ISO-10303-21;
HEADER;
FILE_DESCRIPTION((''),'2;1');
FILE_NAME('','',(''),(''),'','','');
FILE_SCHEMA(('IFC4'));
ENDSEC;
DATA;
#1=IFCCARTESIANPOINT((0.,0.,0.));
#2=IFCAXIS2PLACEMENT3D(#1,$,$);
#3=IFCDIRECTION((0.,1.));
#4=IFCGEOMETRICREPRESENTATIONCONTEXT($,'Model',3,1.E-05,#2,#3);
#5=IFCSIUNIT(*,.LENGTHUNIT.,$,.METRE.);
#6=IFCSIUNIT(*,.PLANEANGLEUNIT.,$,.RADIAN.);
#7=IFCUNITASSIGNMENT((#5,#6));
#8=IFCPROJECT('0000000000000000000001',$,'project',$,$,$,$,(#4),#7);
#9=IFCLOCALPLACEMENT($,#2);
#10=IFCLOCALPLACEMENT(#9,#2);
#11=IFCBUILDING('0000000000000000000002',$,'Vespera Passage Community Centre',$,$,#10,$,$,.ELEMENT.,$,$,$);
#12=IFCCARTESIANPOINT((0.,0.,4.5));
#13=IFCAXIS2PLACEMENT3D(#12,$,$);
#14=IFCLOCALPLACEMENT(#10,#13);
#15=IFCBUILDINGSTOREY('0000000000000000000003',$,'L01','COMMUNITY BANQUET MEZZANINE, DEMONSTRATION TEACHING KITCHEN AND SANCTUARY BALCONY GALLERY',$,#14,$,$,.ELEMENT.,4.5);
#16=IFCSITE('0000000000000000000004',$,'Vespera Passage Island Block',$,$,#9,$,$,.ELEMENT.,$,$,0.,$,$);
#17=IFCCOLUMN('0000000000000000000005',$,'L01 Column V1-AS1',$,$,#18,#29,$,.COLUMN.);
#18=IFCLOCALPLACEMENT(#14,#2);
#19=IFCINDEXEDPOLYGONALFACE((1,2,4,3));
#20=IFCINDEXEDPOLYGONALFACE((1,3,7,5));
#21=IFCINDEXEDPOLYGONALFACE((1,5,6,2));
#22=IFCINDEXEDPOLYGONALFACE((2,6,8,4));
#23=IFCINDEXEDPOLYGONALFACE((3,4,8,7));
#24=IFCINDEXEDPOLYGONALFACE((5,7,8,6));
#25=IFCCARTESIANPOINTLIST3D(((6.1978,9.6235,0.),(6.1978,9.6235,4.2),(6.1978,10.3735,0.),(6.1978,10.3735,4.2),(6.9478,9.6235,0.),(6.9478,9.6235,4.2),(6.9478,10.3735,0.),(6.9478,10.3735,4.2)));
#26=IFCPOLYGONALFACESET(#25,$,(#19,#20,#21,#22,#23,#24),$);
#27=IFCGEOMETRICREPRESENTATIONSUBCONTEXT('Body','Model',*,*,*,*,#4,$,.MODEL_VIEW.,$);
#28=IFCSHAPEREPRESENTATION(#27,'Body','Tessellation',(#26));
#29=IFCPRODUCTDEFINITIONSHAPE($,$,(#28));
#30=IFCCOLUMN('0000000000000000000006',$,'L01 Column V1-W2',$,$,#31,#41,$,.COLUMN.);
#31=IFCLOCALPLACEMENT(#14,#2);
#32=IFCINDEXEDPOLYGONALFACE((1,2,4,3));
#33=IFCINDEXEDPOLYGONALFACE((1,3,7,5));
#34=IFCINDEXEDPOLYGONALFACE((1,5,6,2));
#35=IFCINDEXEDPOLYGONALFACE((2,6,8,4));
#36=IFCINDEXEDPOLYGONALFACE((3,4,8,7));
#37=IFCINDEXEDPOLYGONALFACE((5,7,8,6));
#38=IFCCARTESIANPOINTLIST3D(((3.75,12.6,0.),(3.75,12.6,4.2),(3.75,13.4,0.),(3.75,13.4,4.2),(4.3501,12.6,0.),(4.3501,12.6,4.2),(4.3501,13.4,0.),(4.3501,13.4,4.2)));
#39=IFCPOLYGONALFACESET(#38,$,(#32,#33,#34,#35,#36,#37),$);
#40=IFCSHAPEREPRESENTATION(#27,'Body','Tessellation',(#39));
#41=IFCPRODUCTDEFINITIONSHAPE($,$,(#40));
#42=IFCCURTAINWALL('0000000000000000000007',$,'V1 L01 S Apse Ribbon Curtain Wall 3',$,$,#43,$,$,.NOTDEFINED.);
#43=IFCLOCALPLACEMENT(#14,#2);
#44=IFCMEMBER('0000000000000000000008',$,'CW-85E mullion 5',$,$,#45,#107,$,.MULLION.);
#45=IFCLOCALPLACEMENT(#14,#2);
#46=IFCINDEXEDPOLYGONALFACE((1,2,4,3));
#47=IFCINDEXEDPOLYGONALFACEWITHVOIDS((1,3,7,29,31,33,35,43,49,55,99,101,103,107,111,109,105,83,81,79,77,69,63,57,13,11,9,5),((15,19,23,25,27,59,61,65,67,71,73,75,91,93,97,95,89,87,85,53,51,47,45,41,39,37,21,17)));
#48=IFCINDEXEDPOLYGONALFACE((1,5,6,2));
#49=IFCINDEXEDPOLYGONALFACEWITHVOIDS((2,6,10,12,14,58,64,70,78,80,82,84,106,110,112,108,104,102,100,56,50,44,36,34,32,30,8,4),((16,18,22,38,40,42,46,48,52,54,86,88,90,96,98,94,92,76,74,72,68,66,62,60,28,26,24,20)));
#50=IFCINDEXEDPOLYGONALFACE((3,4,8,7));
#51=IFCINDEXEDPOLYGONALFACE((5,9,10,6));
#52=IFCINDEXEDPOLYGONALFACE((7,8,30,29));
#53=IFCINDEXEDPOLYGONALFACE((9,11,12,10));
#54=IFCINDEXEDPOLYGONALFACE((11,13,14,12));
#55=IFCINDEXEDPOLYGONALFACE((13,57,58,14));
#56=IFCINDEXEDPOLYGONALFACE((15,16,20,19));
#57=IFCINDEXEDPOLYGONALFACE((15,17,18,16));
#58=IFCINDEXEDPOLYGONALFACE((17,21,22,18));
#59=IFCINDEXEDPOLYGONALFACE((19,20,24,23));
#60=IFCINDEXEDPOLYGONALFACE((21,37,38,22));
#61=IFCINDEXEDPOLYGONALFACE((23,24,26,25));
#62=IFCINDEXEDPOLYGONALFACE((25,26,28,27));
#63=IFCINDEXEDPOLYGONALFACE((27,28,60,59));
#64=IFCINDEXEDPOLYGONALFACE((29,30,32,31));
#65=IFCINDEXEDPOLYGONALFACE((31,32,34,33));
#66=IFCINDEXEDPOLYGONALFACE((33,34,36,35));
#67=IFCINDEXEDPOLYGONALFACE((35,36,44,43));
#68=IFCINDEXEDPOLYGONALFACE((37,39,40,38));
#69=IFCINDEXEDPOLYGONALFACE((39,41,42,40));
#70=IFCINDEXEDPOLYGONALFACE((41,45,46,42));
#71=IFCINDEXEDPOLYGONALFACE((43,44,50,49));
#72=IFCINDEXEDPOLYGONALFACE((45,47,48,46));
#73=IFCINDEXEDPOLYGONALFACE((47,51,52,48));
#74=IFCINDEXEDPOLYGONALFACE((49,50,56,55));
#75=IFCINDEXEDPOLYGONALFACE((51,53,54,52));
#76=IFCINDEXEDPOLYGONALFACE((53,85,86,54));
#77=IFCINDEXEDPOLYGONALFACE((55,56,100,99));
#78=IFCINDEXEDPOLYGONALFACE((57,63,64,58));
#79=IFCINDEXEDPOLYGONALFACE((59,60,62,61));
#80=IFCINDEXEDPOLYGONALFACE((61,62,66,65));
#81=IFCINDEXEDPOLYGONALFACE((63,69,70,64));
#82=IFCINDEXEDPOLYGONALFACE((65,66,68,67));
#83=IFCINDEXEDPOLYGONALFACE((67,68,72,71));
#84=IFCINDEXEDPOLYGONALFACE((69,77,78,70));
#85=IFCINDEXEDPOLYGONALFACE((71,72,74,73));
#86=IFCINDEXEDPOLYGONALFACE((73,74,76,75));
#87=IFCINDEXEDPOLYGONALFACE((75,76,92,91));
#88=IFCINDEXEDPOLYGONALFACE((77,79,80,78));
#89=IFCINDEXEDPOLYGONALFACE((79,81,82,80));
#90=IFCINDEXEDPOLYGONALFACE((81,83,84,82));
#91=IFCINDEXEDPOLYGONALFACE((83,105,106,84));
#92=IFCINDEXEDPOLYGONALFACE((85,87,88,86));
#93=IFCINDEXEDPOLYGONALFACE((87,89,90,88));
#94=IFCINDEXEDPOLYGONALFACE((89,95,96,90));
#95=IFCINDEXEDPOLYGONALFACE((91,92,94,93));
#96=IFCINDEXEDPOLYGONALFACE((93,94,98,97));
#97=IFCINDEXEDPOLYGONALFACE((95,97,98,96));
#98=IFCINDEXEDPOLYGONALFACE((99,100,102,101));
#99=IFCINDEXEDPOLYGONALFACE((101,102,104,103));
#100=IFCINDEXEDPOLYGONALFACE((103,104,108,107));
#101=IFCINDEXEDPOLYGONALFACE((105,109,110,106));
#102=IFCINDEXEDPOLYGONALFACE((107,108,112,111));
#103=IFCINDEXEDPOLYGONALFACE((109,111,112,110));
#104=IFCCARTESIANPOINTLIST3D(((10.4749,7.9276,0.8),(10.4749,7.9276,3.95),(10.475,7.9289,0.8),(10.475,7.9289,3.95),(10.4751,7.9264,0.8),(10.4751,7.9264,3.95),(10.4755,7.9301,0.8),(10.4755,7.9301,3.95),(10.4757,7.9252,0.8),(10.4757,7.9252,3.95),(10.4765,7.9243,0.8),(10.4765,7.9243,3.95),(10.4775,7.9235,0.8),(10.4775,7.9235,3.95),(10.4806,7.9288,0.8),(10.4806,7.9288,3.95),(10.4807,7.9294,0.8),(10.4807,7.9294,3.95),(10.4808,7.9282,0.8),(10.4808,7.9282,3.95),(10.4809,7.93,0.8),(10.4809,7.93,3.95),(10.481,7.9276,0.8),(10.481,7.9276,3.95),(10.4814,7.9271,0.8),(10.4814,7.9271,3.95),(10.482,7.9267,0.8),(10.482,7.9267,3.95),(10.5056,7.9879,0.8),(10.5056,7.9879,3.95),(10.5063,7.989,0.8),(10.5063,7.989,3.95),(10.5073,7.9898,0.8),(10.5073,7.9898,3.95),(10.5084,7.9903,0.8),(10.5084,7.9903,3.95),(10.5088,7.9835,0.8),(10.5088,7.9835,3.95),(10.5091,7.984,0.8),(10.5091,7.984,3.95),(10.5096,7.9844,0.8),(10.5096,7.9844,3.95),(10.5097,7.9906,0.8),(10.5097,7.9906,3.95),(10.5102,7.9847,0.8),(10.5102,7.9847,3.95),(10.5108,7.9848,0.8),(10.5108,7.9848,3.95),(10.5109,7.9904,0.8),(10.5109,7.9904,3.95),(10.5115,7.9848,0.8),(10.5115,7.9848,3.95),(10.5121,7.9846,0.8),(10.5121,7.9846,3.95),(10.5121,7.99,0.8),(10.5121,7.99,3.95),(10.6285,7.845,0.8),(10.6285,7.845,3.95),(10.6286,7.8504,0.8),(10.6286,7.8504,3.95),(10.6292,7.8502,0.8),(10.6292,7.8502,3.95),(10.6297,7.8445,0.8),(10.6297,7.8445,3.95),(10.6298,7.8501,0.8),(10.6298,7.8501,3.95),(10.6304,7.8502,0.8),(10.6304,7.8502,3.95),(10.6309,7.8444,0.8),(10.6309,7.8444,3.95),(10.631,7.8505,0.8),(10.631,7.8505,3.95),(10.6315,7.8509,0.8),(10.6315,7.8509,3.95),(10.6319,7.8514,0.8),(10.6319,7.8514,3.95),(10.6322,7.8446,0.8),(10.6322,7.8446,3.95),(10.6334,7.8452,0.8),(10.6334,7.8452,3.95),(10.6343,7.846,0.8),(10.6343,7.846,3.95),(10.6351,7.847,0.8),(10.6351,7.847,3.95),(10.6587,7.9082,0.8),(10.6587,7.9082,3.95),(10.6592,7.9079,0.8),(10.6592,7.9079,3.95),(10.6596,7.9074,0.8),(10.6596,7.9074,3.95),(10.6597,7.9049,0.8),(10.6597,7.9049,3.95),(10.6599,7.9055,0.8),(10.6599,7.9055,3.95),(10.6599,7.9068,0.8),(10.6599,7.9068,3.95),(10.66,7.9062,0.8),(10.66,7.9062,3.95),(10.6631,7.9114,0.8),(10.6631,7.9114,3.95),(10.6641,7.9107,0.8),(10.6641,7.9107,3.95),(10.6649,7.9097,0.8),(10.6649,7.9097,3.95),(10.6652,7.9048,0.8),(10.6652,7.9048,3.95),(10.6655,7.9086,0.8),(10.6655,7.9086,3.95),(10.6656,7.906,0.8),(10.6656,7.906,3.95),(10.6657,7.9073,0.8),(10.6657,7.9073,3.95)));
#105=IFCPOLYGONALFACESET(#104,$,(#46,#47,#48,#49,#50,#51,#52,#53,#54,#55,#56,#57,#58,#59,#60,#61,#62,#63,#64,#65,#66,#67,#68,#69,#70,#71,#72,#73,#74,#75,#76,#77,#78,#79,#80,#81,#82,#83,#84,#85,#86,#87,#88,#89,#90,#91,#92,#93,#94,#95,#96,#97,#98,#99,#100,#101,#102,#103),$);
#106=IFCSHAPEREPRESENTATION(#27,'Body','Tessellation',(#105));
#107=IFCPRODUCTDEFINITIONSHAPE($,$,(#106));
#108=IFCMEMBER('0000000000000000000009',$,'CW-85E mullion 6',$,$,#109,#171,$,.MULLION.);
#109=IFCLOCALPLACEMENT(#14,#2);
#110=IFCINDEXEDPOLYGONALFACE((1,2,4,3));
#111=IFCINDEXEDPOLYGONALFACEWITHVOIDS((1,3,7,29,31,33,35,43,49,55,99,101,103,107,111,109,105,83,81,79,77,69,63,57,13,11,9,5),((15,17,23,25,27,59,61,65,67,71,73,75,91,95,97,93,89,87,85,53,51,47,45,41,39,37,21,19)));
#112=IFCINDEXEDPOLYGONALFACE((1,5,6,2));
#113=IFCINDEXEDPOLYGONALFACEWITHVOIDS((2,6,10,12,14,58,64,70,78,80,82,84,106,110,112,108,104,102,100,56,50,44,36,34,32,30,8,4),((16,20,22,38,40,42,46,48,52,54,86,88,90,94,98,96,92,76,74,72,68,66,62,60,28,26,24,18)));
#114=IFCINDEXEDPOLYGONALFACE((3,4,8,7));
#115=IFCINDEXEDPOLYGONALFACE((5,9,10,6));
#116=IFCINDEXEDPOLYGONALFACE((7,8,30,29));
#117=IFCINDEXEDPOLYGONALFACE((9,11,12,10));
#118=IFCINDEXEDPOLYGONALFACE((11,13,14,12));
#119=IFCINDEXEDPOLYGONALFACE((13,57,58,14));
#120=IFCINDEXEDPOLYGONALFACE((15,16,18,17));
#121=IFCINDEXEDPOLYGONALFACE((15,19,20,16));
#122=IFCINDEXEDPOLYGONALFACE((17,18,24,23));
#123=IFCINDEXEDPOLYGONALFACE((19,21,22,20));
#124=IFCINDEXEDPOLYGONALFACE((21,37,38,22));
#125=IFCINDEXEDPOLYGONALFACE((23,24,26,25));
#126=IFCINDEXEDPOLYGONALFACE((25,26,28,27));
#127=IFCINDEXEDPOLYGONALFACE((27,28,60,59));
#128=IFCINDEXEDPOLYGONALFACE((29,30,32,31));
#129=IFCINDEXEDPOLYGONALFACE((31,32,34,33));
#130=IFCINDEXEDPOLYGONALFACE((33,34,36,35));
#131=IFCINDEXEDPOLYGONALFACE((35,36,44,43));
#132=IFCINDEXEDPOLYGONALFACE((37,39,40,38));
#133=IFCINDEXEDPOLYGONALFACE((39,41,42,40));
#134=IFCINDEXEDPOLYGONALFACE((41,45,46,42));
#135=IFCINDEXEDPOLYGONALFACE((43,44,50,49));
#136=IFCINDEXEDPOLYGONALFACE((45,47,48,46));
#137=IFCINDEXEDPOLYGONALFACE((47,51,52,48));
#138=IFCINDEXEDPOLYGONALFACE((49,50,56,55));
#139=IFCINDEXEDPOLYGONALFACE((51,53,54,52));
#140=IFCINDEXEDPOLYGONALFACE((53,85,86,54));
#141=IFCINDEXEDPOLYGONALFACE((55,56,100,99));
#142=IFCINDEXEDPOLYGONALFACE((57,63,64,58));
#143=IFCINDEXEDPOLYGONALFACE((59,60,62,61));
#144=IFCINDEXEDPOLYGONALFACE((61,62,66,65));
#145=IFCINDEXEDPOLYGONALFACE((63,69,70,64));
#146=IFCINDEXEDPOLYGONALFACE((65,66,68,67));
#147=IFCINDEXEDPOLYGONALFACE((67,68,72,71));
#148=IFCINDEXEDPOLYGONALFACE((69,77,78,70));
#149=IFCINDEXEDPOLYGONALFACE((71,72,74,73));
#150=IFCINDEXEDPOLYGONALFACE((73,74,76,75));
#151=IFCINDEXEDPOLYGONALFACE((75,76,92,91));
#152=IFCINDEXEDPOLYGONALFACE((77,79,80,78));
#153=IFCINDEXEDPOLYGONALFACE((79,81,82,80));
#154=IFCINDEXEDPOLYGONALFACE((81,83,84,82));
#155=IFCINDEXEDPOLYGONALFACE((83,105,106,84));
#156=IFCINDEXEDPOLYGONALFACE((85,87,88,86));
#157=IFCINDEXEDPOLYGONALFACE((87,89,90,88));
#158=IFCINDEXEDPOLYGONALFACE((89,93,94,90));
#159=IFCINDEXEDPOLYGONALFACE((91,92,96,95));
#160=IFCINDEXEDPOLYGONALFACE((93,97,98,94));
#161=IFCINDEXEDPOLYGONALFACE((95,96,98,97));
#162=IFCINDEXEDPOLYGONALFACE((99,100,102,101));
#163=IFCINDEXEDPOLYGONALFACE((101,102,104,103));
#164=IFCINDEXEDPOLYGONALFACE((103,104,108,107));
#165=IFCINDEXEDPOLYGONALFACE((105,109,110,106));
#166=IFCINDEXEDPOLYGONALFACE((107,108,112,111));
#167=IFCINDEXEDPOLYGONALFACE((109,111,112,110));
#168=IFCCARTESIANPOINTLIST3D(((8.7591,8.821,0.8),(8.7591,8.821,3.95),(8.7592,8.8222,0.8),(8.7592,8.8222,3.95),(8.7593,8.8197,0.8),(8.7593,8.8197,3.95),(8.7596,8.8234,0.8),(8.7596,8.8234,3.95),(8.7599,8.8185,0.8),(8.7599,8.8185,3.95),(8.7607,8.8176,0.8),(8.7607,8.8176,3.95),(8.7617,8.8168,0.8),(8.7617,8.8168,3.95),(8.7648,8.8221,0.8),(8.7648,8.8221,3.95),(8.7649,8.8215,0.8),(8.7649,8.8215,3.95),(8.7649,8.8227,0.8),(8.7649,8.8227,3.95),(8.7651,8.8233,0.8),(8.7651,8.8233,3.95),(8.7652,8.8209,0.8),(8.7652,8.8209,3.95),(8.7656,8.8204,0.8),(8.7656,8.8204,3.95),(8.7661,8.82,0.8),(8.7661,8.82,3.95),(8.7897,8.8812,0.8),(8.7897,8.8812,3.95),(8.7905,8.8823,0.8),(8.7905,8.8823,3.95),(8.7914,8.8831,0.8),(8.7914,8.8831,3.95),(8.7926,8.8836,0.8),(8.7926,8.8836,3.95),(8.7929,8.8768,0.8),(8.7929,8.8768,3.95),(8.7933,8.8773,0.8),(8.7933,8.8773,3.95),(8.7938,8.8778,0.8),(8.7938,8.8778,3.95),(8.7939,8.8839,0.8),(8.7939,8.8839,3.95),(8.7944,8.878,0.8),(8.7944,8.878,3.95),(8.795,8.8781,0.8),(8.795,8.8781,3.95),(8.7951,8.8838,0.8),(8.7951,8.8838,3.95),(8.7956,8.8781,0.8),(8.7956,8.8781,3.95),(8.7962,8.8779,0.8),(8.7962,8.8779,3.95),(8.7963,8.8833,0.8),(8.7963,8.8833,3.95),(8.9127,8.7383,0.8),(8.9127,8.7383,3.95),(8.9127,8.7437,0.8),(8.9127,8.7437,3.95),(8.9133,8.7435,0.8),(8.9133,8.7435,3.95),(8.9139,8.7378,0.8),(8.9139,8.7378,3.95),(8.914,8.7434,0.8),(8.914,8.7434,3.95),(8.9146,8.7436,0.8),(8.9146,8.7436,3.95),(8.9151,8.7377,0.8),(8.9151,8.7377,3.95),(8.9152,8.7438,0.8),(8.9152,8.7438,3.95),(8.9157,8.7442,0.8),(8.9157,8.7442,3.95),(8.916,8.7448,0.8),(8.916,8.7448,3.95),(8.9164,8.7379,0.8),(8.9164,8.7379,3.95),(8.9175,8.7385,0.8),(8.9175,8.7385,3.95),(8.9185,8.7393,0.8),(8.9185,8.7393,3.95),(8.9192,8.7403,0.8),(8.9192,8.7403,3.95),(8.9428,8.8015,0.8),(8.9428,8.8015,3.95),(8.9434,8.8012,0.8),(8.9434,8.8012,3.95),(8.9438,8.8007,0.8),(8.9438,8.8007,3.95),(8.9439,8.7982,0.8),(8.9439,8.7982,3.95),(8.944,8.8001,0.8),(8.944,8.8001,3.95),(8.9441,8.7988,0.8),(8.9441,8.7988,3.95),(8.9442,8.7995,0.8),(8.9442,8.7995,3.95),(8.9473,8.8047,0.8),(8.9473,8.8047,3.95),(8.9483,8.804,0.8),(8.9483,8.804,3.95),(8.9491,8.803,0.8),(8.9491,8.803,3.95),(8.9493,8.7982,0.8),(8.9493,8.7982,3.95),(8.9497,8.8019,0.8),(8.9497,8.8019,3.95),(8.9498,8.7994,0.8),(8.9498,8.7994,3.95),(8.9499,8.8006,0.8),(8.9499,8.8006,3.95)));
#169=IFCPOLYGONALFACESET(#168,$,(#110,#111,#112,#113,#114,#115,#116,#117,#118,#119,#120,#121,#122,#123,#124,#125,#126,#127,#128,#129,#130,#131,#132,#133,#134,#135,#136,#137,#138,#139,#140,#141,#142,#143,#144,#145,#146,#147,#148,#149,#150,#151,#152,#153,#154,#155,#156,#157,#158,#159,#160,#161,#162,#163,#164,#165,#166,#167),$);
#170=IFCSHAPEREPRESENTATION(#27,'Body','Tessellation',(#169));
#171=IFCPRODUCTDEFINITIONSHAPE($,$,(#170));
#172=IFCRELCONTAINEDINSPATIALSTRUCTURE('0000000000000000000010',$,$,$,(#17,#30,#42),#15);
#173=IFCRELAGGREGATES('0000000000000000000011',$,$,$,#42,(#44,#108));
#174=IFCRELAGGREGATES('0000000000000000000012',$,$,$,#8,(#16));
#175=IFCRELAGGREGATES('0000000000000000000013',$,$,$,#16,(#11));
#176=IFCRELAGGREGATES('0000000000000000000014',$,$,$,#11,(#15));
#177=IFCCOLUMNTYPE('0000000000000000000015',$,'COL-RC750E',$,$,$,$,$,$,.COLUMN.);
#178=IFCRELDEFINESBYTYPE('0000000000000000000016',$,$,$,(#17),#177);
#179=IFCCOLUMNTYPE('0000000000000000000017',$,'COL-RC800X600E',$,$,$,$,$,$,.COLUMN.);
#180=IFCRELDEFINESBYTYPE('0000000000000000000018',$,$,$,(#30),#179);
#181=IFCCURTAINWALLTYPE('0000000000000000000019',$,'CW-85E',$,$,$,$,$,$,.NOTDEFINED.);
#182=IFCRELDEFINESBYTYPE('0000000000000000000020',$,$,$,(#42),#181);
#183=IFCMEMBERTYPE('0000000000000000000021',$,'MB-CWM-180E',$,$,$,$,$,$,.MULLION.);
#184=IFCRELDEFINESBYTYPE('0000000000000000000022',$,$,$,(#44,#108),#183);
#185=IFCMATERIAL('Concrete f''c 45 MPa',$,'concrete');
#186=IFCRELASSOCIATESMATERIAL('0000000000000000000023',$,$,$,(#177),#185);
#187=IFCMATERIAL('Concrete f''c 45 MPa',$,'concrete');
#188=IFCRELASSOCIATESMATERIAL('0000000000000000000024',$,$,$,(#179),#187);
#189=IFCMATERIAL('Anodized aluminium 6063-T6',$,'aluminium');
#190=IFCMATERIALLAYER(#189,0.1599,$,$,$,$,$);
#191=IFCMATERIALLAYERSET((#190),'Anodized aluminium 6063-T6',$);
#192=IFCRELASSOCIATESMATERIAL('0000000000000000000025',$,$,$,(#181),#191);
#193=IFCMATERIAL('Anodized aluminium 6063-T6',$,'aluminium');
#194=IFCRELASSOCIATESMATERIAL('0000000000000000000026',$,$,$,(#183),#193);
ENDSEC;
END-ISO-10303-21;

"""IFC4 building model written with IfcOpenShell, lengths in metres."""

from ifc_helpers import new_model, si_unit, direction, frame, origin, origin_2d, place, context, subcontext, project, spatial, rectangle, hollow_rectangle, extrude, material, layer, layer_set, material_profile, profile_set, type_object, element, aggregate, save


model = new_model("IFC4")

# Units and contexts
model_context = context("Model", 3, precision=1e-05, world=origin(), true_north=direction((0.0, 1.0)))
body_context = subcontext(model_context, "Body", "Model", "MODEL_VIEW")
ifc_project = project(units=[si_unit("LENGTHUNIT", "METRE"), si_unit("PLANEANGLEUNIT", "RADIAN")], contexts=[model_context])

# Site, building, storey
site_placement = place(None, origin())
site = spatial("IfcSite", under=ifc_project, at=site_placement, Name="Vespera Passage Island Block", CompositionType="ELEMENT", RefElevation=0.0)
building_placement = place(site_placement, origin())
building = spatial("IfcBuilding", under=site, at=building_placement, Name="Vespera Passage Community Centre", CompositionType="ELEMENT")
storey_placement = place(building_placement, frame((0.0, 0.0, 4.5)))
storey = spatial("IfcBuildingStorey", under=building, at=storey_placement, Name="L01", Description="COMMUNITY BANQUET MEZZANINE, DEMONSTRATION TEACHING KITCHEN AND SANCTUARY BALCONY GALLERY", CompositionType="ELEMENT", Elevation=4.5)

# Columns
ifc_material_1 = material(Name="Concrete f'c 45 MPa", Category="concrete")
ifc_material_profile_1 = material_profile(ifc_material_1, rectangle(XDim=0.75, YDim=0.75, at=origin_2d()), Name="RC750X750")
ifc_profile_set_1 = profile_set([ifc_material_profile_1], Name="Concrete f'c 45 MPa")
column_type_1 = type_object("IfcColumnType", Name="COL-RC750E", PredefinedType="COLUMN", material=ifc_profile_set_1)
column_1_placement = place(storey_placement, frame((6.5728, 9.9985, 0.0), z_axis=(0.0, 0.0, 1.0), x_axis=(1.0, 0.0, 0.0)))
element("IfcColumn", 1, at=column_1_placement, inside=storey, type_object=column_type_1, Name="L01 Column V1-AS1", PredefinedType="COLUMN", context=body_context, shape_type="SweptSolid", body=[
    extrude(rectangle(XDim=0.75, YDim=0.75, at=origin_2d()), origin(), (0.0, 0.0, 1.0), 4.2),
])
ifc_material_2 = material(Name="Concrete f'c 45 MPa", Category="concrete")
ifc_material_profile_2 = material_profile(ifc_material_2, rectangle(XDim=0.6001, YDim=0.8, at=origin_2d()), Name="RC800X600")
ifc_profile_set_2 = profile_set([ifc_material_profile_2], Name="Concrete f'c 45 MPa")
column_type_2 = type_object("IfcColumnType", Name="COL-RC800X600E", PredefinedType="COLUMN", material=ifc_profile_set_2)
column_2_placement = place(storey_placement, frame((4.05, 13.0, 0.0), z_axis=(0.0, 0.0, 1.0), x_axis=(1.0, 0.0, 0.0)))
element("IfcColumn", 2, at=column_2_placement, inside=storey, type_object=column_type_2, Name="L01 Column V1-W2", PredefinedType="COLUMN", context=body_context, shape_type="SweptSolid", body=[
    extrude(rectangle(XDim=0.6001, YDim=0.8, at=origin_2d()), origin(), (0.0, 0.0, 1.0), 4.2),
])

# Curtain wall, members
ifc_material_3 = material(Name="Anodized aluminium 6063-T6", Category="aluminium")
ifc_layer_1 = layer(ifc_material_3, 0.1599)
ifc_layer_set_1 = layer_set([ifc_layer_1], Name="Anodized aluminium 6063-T6")
curtain_wall_type = type_object("IfcCurtainWallType", Name="CW-85E", PredefinedType="NOTDEFINED", material=ifc_layer_set_1)
curtain_wall_placement = place(storey_placement, origin())
curtain_wall = element("IfcCurtainWall", 3, at=curtain_wall_placement, inside=storey, type_object=curtain_wall_type, Name="V1 L01 S Apse Ribbon Curtain Wall 3", PredefinedType="NOTDEFINED")
ifc_material_4 = material(Name="Anodized aluminium 6063-T6", Category="aluminium")
ifc_material_profile_3 = material_profile(ifc_material_4, hollow_rectangle(XDim=0.075, YDim=0.1799, WallThickness=0.0049, InnerFilletRadius=0.0024, OuterFilletRadius=0.0049, at=origin_2d()), Name="ALU180X75X5")
ifc_profile_set_3 = profile_set([ifc_material_profile_3], Name="Anodized aluminium 6063-T6")
member_type_1 = type_object("IfcMemberType", Name="MB-CWM-180E", PredefinedType="MULLION", material=ifc_profile_set_3)
member_1_placement = place(storey_placement, frame((10.5703, 7.9175, 0.8), z_axis=(0.0, 0.0, 1.0), x_axis=(-0.461745, -0.887013, 0.0)))
member_1 = element("IfcMember", 4, at=member_1_placement, type_object=member_type_1, Name="CW-85E mullion 5", PredefinedType="MULLION", context=body_context, shape_type="SweptSolid", body=[
    extrude(hollow_rectangle(XDim=0.075, YDim=0.1799, WallThickness=0.0049, InnerFilletRadius=0.0024, OuterFilletRadius=0.0049, at=origin_2d()), origin(), (0.0, 0.0, 1.0), 3.1499),
])
member_2_placement = place(storey_placement, frame((8.8545, 8.8108, 0.8), z_axis=(0.0, 0.0, 1.0), x_axis=(-0.461745, -0.887013, 0.0)))
member_2 = element("IfcMember", 5, at=member_2_placement, type_object=member_type_1, Name="CW-85E mullion 6", PredefinedType="MULLION", context=body_context, shape_type="SweptSolid", body=[
    extrude(hollow_rectangle(XDim=0.075, YDim=0.1799, WallThickness=0.0049, InnerFilletRadius=0.0024, OuterFilletRadius=0.0049, at=origin_2d()), origin(), (0.0, 0.0, 1.0), 3.1499),
])
aggregate(curtain_wall, [member_1, member_2])

save(model, "model.ifc")
